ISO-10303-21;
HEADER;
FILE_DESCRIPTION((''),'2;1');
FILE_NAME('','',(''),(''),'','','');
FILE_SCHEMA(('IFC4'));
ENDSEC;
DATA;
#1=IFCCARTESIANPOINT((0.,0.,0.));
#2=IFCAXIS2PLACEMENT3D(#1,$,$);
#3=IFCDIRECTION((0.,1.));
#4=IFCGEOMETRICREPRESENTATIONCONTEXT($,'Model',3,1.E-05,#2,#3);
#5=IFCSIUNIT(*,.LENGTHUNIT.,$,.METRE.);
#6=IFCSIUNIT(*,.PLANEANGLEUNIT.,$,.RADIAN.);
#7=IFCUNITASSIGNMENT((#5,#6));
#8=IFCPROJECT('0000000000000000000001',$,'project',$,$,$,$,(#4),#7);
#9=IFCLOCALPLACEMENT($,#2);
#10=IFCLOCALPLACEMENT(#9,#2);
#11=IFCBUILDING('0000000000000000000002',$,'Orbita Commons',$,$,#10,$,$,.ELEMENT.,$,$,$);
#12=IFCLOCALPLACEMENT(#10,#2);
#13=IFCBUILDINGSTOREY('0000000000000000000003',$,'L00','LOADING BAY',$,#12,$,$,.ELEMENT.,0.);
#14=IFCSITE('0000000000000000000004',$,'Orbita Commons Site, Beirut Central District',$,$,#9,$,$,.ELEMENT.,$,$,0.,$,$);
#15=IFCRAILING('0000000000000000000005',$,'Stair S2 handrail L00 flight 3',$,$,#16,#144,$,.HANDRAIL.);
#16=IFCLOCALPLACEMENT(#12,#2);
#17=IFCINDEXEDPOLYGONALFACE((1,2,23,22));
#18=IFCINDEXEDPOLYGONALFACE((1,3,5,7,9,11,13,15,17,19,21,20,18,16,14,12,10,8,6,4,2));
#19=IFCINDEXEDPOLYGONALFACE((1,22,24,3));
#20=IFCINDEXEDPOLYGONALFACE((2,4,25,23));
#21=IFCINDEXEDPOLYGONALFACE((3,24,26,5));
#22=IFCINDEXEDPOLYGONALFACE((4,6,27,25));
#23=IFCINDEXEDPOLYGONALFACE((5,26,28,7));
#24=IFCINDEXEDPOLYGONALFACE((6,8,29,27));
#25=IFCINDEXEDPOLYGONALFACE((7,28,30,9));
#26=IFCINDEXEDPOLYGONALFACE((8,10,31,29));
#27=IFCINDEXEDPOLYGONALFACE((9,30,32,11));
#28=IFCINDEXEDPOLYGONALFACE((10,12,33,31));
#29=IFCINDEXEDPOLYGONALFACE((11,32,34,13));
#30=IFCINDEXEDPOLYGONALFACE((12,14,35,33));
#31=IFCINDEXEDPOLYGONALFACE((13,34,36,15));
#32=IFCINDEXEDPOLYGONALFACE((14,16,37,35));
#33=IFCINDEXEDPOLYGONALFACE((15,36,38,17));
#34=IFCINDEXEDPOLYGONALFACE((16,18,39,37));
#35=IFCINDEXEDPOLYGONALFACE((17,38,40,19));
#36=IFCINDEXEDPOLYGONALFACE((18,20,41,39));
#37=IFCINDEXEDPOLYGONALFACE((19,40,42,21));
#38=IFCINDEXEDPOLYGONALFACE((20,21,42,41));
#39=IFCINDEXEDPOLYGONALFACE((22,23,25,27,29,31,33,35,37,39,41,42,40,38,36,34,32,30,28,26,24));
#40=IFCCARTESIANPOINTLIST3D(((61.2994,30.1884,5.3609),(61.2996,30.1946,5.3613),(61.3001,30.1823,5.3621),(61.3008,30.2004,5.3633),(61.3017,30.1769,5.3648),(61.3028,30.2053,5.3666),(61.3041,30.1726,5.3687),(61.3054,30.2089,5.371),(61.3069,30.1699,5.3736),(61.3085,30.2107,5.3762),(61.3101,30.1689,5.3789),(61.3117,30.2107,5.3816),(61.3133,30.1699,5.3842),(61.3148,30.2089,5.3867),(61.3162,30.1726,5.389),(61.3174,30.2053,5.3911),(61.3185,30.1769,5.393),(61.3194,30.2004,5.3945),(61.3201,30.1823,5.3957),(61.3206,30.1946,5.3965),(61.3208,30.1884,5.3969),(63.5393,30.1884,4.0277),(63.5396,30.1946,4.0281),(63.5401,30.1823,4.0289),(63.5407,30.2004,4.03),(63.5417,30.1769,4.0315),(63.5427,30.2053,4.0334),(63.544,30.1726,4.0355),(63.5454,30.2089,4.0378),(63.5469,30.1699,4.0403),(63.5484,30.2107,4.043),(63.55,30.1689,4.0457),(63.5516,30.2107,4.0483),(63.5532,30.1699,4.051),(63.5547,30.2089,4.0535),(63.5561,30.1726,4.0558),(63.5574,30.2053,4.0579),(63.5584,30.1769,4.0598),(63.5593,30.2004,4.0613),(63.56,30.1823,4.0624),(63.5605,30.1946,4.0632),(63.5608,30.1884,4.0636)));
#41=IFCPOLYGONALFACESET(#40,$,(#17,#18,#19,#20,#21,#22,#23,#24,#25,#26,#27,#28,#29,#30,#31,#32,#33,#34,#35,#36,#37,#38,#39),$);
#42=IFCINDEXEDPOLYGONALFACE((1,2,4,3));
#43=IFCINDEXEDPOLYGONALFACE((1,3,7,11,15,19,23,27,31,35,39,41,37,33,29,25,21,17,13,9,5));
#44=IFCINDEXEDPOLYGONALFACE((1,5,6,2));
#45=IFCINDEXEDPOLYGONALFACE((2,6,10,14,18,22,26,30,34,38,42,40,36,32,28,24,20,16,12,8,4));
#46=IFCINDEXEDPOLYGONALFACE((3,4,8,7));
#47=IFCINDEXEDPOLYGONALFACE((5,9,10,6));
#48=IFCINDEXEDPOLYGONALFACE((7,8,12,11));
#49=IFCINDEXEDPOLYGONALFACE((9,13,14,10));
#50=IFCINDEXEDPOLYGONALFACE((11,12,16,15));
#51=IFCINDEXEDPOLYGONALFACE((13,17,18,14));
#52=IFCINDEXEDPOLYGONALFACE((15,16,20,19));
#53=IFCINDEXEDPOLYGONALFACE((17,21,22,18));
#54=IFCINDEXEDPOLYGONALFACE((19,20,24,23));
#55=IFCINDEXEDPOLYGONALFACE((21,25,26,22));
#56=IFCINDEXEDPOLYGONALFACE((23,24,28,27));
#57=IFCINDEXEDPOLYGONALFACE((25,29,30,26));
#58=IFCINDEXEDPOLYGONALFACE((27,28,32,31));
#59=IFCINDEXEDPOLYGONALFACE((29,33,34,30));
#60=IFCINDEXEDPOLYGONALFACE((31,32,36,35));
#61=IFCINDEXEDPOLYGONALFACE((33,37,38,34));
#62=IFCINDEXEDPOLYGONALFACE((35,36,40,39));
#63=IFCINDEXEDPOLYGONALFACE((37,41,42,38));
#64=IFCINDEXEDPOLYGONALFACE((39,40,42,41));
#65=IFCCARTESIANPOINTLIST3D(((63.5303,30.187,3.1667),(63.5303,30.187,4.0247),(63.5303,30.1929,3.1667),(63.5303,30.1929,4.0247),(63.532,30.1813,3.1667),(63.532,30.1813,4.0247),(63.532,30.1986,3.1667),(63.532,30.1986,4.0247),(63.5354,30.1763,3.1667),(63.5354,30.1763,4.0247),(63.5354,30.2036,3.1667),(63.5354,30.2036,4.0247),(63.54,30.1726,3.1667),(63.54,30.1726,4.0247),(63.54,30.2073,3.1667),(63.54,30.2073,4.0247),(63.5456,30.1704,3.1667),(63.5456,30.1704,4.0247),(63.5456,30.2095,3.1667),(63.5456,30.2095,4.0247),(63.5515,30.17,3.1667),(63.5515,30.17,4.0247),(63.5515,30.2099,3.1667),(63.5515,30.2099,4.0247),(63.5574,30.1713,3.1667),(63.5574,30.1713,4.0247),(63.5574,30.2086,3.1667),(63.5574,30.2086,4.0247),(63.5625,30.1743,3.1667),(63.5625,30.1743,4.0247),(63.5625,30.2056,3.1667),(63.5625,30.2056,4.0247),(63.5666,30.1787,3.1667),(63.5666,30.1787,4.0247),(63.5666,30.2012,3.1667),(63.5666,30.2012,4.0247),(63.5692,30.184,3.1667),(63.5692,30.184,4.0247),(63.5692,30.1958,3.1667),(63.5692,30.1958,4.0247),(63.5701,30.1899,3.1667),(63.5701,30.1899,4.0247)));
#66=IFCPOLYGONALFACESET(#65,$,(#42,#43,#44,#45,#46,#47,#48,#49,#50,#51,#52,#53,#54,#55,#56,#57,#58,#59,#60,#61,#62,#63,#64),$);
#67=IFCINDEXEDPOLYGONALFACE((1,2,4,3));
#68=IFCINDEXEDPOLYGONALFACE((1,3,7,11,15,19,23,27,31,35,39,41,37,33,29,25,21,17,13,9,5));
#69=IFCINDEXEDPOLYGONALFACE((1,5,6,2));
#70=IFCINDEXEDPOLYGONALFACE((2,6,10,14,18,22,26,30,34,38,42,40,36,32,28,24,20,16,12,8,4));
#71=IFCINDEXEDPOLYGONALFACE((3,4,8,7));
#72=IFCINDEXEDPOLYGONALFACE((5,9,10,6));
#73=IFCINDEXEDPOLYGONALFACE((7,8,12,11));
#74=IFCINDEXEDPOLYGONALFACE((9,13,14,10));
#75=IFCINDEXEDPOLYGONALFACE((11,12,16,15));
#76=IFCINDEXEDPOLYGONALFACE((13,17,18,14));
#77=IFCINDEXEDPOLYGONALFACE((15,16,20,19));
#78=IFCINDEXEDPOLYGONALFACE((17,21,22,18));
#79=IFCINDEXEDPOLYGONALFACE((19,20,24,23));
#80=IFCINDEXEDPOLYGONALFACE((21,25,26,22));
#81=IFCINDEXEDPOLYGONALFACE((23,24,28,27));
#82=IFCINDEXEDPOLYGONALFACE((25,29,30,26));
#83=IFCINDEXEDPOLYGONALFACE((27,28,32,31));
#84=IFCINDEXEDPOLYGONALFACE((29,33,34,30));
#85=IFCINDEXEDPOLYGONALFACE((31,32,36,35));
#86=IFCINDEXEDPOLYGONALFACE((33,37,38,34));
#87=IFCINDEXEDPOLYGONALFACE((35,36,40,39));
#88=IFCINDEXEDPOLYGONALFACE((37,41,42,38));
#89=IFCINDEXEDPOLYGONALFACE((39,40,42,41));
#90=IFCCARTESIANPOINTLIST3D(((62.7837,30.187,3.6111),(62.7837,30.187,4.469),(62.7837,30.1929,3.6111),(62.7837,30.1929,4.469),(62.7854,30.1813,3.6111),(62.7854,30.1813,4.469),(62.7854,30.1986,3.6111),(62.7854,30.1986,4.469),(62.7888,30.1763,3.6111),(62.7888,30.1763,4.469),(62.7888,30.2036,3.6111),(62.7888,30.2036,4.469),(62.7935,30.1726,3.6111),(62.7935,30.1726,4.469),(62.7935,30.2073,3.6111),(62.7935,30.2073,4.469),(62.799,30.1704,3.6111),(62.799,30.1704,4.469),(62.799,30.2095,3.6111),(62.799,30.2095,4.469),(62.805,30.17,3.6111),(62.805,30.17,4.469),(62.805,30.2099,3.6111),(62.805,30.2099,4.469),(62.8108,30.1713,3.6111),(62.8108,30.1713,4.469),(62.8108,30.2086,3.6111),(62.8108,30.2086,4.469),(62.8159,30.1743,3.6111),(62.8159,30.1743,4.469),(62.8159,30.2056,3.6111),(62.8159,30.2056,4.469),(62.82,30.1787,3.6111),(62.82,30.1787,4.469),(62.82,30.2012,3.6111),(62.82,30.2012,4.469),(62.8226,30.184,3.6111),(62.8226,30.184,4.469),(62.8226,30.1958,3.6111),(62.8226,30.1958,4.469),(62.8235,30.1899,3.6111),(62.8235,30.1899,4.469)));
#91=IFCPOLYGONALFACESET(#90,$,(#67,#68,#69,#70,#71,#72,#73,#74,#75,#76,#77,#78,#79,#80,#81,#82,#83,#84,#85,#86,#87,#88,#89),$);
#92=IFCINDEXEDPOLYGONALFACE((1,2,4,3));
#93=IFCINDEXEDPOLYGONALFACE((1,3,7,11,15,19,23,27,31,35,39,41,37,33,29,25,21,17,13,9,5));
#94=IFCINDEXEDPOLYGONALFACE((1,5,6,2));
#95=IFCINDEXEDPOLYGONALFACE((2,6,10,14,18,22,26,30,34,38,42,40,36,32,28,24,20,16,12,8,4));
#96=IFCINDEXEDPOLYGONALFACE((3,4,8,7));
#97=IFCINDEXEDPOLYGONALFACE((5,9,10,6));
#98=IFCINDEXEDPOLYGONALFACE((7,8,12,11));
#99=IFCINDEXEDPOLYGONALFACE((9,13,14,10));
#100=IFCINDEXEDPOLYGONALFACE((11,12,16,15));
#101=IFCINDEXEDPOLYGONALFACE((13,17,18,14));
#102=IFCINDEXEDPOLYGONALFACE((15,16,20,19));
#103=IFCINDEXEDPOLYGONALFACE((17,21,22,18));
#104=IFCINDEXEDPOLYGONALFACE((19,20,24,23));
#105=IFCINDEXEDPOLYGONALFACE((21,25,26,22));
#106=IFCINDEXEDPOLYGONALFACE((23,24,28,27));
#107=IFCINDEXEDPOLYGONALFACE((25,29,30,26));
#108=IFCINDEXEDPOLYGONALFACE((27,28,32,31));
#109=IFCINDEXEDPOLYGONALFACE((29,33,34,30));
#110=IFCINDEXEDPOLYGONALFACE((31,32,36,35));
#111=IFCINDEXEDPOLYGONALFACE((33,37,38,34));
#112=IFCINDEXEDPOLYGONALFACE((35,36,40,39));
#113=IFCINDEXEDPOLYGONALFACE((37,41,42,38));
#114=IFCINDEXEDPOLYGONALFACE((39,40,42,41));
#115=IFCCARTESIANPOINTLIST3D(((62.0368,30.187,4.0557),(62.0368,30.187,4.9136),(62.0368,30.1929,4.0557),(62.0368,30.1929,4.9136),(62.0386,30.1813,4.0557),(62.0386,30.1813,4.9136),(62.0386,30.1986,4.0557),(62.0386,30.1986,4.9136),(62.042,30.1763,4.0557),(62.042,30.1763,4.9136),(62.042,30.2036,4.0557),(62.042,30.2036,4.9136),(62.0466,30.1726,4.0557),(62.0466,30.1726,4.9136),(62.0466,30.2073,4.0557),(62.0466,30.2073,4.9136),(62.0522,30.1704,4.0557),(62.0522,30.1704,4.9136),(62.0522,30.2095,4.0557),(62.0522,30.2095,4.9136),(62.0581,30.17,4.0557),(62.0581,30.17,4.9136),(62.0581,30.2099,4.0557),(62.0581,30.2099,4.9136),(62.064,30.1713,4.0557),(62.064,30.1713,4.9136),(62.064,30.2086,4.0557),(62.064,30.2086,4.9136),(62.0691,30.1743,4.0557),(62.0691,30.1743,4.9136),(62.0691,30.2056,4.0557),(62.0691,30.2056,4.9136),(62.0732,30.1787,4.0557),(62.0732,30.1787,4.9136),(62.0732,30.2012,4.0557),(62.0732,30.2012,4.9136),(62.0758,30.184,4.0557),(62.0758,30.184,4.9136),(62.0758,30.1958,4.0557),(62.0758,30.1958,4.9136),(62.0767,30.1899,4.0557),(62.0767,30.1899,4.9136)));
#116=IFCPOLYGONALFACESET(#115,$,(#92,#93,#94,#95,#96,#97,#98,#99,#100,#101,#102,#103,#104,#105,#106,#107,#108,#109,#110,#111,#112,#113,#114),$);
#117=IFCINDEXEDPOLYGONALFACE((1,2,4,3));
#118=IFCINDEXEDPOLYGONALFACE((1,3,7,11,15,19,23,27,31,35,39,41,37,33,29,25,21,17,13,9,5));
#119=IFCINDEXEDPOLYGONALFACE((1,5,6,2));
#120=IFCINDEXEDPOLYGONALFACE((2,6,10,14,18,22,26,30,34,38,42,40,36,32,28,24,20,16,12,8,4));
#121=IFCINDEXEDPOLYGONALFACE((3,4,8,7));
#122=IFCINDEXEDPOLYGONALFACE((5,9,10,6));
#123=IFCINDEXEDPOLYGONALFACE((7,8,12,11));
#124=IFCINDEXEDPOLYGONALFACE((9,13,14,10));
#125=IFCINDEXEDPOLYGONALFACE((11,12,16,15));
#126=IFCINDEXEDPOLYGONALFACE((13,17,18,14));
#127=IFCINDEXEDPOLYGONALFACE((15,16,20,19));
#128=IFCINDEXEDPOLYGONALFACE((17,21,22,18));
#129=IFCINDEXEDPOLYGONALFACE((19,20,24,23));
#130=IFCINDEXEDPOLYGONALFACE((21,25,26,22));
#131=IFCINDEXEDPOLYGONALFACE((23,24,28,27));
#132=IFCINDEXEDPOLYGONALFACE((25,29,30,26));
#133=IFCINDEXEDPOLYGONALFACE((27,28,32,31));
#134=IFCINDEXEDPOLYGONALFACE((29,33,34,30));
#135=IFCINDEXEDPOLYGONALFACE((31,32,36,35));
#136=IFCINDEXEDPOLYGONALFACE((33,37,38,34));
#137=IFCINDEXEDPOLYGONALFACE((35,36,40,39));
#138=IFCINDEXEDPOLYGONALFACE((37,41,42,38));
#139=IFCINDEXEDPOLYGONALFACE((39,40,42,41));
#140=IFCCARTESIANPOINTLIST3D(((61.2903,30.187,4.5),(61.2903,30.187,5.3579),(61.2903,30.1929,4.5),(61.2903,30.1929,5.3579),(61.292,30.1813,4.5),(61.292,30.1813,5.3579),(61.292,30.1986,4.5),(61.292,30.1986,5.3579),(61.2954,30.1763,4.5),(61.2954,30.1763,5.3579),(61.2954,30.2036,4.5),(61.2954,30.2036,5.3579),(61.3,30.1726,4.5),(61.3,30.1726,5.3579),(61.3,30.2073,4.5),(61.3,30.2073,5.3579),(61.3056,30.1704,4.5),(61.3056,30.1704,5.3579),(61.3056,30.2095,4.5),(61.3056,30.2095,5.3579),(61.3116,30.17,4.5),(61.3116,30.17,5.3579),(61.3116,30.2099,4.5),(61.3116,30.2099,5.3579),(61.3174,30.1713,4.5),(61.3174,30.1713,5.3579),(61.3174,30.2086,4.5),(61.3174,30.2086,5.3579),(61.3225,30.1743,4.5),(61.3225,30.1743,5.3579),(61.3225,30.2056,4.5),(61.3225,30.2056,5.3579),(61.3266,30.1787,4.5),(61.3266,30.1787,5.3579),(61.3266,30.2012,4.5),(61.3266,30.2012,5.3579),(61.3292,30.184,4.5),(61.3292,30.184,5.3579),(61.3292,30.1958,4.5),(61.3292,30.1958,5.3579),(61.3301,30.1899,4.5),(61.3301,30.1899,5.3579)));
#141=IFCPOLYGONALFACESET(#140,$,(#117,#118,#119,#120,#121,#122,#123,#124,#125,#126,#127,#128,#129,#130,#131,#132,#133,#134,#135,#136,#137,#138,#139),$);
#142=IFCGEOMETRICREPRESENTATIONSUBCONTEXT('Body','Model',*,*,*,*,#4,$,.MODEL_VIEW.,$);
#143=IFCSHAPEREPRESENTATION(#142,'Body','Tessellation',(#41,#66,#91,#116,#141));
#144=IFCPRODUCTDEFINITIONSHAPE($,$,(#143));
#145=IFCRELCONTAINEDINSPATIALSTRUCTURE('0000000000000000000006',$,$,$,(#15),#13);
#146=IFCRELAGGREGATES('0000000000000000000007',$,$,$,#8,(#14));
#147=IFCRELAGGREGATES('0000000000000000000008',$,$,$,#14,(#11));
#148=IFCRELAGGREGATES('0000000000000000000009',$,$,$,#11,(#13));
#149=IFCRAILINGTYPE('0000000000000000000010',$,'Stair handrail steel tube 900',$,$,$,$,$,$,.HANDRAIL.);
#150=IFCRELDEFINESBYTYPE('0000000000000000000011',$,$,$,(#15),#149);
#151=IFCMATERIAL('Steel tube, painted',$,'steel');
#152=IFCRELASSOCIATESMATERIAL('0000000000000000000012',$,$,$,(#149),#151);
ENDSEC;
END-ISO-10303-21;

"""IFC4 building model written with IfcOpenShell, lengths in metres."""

from ifc_helpers import new_model, si_unit, direction, frame, origin, origin_2d, place, context, subcontext, project, spatial, circle, extrude, material, type_object, element, save


model = new_model("IFC4")

# Units and contexts
model_context = context("Model", 3, precision=1e-05, world=origin(), true_north=direction((0.0, 1.0)))
body_context = subcontext(model_context, "Body", "Model", "MODEL_VIEW")
ifc_project = project(units=[si_unit("LENGTHUNIT", "METRE"), si_unit("PLANEANGLEUNIT", "RADIAN")], contexts=[model_context])

# Site, building, storey
site_placement = place(None, origin())
site = spatial("IfcSite", under=ifc_project, at=site_placement, Name="Orbita Commons Site, Beirut Central District", CompositionType="ELEMENT", RefElevation=0.0)
building_placement = place(site_placement, origin())
building = spatial("IfcBuilding", under=site, at=building_placement, Name="Orbita Commons", CompositionType="ELEMENT")
storey_placement = place(building_placement, origin())
storey = spatial("IfcBuildingStorey", under=building, at=storey_placement, Name="L00", Description="LOADING BAY", CompositionType="ELEMENT", Elevation=0.0)

# Railing
ifc_material_1 = material(Name="Steel tube, painted", Category="steel")
railing_type = type_object("IfcRailingType", Name="Stair handrail steel tube 900", PredefinedType="HANDRAIL", material=ifc_material_1)
for number, where, name in (
    (1, (63.55, 30.1899, 3.1667), "Stair S2 handrail L00 flight 3"),
):
    element("IfcRailing", number, at=place(storey_placement, frame(where)), inside=storey, type_object=railing_type, Name=name, PredefinedType="HANDRAIL", context=body_context, shape_type="SweptSolid", body=[
        extrude(circle(Radius=0.021, at=origin_2d()), frame((0.0, 0.0, 0.8789), z_axis=(-0.859306, 0.0, 0.511462), x_axis=(0.0, -1.0, 0.0)), (0.0, 0.0, 1.0), 2.6067),
        extrude(circle(Radius=0.02, at=origin_2d()), origin(), (0.0, 0.0, 1.0), 0.8579),
        extrude(circle(Radius=0.02, at=origin_2d()), frame((-0.7466, 0.0, 0.4443)), (0.0, 0.0, 1.0), 0.8579),
        extrude(circle(Radius=0.02, at=origin_2d()), frame((-1.4934, 0.0, 0.8889)), (0.0, 0.0, 1.0), 0.8579),
        extrude(circle(Radius=0.02, at=origin_2d()), frame((-2.24, 0.0, 1.3333)), (0.0, 0.0, 1.0), 0.8579),
    ])

save(model, "model.ifc")
